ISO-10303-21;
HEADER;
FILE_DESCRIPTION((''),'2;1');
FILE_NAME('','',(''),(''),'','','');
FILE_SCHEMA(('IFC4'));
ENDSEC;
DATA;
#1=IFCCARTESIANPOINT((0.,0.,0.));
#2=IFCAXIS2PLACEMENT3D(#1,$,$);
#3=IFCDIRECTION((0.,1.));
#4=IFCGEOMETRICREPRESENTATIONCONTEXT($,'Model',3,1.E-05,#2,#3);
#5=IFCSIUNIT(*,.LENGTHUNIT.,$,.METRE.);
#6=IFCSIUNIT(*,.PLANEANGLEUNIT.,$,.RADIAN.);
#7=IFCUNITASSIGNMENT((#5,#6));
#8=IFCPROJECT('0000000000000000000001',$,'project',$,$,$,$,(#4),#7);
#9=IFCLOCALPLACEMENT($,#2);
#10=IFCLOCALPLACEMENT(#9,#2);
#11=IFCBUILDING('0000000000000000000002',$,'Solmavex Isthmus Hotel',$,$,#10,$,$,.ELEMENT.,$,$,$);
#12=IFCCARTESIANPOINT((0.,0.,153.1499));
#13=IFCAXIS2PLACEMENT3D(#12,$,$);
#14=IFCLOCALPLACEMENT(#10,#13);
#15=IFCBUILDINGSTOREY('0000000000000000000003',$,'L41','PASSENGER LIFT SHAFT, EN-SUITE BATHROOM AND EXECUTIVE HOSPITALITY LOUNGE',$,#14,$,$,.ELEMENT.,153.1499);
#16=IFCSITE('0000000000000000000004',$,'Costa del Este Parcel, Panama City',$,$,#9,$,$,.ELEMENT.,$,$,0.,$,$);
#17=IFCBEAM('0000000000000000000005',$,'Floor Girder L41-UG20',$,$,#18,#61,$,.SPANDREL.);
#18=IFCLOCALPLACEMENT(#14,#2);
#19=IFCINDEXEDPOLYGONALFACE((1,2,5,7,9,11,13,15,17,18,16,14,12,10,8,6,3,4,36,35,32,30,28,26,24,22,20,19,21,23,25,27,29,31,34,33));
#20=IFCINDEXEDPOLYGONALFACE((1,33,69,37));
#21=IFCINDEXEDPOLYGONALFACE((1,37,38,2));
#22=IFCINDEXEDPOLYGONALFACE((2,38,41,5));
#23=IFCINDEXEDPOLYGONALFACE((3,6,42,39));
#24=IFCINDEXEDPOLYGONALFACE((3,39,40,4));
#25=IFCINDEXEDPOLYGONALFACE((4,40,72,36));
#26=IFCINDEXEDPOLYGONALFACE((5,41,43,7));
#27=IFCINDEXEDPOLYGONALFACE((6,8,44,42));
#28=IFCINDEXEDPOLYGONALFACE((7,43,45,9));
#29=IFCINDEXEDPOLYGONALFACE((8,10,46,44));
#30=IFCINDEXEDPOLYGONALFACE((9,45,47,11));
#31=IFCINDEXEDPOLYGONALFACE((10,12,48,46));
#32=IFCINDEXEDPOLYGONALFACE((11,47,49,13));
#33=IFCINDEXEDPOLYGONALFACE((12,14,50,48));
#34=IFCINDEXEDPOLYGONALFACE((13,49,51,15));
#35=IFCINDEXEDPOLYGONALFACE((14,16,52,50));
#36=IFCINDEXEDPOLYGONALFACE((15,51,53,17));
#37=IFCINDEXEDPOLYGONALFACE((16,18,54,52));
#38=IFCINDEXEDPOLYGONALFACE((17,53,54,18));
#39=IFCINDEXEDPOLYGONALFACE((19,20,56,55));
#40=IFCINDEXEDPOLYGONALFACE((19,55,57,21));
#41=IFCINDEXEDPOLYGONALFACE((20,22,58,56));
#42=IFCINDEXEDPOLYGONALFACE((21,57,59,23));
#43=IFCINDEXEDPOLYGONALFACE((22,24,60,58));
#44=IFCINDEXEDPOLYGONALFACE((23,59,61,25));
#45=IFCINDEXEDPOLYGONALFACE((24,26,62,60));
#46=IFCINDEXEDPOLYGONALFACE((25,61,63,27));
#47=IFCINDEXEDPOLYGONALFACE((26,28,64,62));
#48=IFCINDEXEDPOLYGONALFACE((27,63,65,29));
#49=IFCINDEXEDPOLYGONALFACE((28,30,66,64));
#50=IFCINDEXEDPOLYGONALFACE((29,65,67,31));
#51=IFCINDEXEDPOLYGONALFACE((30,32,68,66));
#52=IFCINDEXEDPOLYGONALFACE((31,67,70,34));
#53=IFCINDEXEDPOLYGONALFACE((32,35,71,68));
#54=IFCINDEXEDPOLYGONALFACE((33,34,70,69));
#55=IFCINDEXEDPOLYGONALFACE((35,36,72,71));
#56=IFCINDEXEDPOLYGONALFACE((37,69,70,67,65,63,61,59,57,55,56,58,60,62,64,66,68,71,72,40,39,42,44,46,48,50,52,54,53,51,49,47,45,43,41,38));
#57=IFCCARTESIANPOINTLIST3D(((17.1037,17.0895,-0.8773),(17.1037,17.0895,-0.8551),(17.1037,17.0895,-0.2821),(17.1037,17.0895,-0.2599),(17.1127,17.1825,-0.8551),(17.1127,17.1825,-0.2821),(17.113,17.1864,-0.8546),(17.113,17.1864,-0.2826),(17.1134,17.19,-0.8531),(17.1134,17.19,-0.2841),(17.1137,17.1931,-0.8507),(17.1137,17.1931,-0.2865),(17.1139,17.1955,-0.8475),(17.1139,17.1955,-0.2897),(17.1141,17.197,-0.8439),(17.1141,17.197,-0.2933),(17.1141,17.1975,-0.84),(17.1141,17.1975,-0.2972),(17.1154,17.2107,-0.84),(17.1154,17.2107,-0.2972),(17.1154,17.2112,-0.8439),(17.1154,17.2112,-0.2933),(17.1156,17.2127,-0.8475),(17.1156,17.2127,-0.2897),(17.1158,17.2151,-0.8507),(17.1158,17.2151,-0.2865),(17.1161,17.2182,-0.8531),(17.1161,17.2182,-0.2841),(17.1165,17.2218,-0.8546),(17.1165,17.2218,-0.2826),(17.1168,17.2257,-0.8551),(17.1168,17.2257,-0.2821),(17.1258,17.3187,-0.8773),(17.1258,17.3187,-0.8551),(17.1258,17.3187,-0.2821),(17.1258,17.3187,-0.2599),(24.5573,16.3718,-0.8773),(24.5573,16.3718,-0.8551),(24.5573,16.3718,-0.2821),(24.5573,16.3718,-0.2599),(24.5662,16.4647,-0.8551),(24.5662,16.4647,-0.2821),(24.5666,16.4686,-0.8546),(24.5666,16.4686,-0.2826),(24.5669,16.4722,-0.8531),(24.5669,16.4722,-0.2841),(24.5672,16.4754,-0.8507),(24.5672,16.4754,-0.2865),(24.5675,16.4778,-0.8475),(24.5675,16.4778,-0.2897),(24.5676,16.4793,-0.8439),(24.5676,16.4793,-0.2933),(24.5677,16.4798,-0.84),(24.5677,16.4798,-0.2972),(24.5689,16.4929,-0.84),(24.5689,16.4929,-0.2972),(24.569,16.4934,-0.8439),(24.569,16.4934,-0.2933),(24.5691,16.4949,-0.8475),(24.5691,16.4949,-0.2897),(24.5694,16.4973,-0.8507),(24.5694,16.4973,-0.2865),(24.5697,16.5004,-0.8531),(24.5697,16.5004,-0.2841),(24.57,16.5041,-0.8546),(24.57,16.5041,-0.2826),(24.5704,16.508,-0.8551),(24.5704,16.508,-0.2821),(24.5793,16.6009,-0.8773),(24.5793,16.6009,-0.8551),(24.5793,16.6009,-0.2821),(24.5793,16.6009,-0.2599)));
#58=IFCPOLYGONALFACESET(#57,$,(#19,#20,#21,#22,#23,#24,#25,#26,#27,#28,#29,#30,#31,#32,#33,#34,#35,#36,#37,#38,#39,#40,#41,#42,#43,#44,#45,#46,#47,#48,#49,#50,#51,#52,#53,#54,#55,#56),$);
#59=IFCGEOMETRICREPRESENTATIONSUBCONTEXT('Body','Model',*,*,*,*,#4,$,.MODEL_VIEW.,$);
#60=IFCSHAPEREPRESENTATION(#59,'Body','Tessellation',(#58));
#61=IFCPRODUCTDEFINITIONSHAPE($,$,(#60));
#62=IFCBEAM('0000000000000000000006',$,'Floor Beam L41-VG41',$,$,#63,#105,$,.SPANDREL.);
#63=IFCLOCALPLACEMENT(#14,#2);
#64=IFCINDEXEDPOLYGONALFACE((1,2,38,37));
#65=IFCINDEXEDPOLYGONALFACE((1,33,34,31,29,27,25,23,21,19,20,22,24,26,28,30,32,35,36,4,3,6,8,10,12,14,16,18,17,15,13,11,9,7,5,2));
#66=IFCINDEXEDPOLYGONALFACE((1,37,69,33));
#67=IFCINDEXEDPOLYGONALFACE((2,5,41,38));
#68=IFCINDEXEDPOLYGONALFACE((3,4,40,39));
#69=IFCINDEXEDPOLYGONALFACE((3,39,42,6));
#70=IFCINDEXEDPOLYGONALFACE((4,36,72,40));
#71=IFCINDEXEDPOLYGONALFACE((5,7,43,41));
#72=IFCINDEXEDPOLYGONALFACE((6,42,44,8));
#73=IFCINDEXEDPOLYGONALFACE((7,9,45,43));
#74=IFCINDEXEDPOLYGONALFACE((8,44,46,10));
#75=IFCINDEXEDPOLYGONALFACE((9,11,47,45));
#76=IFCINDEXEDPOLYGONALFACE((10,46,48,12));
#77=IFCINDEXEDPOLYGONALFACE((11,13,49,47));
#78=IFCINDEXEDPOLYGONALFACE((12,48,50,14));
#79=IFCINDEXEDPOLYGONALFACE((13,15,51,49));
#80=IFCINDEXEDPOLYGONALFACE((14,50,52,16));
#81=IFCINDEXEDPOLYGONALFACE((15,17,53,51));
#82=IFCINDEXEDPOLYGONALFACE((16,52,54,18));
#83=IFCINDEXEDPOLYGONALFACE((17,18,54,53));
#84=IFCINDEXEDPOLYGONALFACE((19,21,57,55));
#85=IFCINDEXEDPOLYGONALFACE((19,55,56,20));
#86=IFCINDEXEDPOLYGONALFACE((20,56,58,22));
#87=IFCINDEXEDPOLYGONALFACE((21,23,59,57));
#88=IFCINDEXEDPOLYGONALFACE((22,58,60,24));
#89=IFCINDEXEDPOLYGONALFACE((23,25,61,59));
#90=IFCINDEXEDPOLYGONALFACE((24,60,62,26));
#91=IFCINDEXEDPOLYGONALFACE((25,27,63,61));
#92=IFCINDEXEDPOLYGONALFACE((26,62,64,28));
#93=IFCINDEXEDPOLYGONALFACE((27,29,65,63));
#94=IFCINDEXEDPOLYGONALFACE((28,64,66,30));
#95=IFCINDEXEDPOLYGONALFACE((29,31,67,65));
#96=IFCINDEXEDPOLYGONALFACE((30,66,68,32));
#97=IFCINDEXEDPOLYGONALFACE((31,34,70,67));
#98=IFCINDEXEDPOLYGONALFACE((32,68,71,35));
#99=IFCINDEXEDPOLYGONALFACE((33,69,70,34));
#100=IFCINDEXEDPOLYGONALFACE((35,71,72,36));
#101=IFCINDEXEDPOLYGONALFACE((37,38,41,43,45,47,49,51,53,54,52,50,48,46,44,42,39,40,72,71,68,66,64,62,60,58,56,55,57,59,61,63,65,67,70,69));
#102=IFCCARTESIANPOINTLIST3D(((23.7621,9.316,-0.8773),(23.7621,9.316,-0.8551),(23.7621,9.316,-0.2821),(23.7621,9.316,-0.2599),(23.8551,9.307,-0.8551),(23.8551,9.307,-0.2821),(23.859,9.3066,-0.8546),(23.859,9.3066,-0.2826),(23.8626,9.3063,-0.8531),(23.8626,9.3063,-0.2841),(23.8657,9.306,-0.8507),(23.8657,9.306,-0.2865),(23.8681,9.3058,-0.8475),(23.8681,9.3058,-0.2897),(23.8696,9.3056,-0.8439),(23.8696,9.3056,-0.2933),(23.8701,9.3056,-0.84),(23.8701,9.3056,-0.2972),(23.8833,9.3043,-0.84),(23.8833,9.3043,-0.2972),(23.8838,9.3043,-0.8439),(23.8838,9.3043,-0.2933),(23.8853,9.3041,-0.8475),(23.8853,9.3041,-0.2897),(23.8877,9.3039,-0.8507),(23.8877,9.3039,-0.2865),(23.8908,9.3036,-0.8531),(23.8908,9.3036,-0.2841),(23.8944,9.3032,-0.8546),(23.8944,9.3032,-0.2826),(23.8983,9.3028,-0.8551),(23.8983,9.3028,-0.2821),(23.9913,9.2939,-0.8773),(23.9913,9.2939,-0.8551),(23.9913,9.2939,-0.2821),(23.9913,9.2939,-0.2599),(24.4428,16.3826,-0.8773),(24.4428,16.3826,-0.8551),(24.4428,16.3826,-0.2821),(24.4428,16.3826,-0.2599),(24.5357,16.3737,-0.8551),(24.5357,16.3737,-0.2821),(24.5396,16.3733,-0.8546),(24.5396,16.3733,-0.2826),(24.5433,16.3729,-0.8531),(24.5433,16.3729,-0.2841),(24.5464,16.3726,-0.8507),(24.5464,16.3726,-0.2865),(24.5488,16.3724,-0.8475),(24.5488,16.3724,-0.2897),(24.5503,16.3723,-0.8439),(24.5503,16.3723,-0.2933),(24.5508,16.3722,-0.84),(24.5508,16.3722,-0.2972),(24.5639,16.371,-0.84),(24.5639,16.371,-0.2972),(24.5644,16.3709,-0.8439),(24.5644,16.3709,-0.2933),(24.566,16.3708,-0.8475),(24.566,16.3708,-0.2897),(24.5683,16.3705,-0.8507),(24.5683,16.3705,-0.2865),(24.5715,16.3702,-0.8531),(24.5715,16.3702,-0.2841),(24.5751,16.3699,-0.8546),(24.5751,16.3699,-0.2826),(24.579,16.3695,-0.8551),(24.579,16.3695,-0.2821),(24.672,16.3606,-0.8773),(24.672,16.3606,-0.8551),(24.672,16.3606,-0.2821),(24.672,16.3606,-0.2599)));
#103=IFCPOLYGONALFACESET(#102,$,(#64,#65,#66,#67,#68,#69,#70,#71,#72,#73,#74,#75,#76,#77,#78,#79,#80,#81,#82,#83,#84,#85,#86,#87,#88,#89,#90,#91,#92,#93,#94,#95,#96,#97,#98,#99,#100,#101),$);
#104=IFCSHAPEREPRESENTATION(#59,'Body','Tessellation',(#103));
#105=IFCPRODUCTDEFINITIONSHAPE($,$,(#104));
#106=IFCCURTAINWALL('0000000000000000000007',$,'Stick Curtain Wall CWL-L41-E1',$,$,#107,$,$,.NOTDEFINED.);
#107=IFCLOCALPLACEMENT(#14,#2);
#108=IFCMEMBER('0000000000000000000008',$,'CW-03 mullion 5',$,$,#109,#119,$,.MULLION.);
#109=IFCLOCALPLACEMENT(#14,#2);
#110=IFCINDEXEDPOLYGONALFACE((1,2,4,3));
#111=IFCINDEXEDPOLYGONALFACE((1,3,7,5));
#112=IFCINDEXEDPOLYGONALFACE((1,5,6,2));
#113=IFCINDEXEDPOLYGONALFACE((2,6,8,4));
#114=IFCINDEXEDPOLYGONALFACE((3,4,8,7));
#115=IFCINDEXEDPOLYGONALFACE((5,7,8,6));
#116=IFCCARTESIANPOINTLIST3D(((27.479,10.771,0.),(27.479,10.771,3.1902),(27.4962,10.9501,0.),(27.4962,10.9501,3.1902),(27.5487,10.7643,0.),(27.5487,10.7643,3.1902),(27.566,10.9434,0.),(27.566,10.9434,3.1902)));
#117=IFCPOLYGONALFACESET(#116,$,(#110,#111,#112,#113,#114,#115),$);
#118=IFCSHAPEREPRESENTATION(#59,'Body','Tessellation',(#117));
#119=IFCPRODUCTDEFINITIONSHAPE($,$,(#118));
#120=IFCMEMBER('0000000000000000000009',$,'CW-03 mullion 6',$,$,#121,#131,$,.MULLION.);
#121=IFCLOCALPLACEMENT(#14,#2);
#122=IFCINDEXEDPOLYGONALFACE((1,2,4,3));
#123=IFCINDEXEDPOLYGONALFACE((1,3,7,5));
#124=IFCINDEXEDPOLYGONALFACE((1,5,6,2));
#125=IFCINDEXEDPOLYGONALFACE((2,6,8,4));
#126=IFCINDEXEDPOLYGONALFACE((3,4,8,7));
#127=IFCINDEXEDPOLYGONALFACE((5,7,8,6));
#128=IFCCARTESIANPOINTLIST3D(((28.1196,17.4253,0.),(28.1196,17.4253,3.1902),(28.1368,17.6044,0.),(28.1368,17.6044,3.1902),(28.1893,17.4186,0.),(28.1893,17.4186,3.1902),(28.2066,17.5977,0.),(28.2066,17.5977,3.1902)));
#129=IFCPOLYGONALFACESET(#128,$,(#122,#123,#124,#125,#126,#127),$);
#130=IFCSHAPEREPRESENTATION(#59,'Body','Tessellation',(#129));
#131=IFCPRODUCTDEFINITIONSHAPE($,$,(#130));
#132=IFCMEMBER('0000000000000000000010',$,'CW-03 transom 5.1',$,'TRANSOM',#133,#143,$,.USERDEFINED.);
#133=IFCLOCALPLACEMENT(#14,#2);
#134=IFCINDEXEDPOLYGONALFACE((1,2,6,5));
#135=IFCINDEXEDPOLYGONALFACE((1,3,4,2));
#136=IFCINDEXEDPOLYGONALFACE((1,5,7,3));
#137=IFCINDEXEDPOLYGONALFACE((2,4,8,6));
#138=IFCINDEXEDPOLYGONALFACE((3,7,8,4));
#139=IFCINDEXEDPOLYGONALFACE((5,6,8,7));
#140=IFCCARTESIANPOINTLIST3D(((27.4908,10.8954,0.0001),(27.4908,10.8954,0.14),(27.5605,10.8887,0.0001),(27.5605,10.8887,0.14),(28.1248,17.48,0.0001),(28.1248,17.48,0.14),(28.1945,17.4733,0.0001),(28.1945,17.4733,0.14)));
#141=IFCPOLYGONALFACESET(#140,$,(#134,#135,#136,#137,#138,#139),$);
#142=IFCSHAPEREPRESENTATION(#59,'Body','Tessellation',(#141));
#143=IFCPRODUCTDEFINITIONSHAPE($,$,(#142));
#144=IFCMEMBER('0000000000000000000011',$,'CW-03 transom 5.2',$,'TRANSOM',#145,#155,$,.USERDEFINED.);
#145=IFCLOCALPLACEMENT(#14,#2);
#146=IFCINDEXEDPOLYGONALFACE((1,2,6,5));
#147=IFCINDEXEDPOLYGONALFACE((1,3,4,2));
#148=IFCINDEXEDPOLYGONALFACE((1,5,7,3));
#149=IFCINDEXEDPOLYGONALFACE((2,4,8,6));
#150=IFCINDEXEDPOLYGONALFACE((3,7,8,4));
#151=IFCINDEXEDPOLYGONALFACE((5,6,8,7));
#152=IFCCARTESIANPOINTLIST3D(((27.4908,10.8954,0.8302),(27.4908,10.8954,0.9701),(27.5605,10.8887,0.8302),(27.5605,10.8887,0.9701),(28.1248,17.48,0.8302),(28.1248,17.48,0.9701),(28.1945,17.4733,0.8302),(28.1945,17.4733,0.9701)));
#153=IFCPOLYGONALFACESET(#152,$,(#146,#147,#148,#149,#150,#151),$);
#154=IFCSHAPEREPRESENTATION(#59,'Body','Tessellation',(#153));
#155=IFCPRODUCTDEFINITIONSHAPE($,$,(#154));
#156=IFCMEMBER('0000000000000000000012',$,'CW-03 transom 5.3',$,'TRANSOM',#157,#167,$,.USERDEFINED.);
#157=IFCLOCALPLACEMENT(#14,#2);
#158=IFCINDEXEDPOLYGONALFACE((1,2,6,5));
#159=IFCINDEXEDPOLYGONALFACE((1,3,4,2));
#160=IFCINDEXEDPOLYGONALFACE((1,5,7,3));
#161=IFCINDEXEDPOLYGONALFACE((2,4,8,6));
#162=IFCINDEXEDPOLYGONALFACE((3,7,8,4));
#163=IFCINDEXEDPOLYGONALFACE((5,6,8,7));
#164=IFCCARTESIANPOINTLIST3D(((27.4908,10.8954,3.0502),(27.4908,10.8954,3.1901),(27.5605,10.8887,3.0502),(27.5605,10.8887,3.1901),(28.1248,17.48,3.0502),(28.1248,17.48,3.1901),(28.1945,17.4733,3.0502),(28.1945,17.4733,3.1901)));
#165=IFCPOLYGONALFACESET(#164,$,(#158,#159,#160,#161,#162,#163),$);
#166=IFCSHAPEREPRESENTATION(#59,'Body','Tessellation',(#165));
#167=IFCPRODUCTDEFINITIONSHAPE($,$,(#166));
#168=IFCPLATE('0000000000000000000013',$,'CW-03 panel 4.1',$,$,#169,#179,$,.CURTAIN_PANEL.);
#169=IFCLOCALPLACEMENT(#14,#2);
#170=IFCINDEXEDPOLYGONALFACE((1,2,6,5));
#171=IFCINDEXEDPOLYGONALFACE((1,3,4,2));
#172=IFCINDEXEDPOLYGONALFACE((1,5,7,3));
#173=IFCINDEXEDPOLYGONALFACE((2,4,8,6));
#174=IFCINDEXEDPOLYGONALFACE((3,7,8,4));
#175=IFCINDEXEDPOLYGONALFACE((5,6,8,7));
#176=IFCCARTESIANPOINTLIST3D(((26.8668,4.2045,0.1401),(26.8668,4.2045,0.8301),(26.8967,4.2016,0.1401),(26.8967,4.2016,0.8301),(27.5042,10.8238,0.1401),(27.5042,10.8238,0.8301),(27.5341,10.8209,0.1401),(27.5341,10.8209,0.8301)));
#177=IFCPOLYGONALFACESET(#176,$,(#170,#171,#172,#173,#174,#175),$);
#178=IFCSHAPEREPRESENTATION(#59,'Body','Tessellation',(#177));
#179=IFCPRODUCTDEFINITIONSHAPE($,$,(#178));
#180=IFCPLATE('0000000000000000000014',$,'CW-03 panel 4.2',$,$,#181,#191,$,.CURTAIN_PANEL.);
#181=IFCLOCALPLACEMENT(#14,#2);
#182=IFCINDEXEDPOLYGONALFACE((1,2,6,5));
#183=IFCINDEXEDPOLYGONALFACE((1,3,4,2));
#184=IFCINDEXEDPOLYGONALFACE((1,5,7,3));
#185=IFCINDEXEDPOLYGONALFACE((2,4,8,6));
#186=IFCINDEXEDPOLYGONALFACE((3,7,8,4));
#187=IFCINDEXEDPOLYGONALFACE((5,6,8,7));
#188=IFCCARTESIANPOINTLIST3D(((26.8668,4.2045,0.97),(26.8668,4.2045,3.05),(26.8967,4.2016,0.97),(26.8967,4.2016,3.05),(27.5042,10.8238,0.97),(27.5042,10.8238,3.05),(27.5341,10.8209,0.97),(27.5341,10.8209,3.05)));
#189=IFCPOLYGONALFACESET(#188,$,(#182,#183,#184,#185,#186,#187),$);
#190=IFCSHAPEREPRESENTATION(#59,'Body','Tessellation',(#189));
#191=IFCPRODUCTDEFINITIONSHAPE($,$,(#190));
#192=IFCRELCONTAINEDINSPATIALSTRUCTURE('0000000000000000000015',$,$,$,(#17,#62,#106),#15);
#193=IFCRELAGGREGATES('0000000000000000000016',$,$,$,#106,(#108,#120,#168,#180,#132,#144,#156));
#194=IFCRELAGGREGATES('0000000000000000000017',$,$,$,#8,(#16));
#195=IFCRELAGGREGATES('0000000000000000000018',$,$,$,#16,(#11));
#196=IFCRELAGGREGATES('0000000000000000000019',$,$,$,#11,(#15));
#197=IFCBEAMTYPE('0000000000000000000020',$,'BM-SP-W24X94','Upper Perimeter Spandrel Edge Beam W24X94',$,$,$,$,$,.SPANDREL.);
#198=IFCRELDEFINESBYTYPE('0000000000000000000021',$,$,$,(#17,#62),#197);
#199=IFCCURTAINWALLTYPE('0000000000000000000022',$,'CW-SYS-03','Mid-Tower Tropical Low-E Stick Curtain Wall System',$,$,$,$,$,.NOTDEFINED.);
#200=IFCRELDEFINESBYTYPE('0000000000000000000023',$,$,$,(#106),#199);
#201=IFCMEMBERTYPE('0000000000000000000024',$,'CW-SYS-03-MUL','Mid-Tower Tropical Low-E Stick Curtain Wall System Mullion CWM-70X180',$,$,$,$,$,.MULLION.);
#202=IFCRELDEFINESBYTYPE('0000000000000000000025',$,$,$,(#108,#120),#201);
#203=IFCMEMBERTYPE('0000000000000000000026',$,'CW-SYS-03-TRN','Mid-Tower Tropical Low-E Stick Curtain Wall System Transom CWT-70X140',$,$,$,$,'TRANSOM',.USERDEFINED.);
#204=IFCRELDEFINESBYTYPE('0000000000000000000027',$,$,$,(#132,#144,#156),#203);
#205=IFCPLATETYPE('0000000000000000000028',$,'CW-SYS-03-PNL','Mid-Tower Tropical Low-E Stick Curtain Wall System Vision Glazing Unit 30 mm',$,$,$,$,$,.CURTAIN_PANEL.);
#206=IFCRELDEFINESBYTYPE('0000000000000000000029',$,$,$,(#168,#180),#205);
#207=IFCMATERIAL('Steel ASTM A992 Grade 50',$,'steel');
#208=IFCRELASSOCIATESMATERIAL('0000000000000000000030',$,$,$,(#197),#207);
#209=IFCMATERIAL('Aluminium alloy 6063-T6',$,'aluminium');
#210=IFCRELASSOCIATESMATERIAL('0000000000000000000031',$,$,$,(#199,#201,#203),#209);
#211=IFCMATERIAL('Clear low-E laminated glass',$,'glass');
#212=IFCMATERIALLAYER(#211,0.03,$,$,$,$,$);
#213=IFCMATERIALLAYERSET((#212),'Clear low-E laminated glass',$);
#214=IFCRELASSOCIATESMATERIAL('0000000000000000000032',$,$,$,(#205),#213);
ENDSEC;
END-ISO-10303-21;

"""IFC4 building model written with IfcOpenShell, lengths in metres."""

from ifc_helpers import new_model, si_unit, direction, frame, origin, origin_2d, place, context, subcontext, project, spatial, rectangle, i_section, extrude, material, layer, layer_set, material_profile, profile_set, type_object, element, aggregate, save


model = new_model("IFC4")

# Units and contexts
model_context = context("Model", 3, precision=1e-05, world=origin(), true_north=direction((0.0, 1.0)))
body_context = subcontext(model_context, "Body", "Model", "MODEL_VIEW")
ifc_project = project(units=[si_unit("LENGTHUNIT", "METRE"), si_unit("PLANEANGLEUNIT", "RADIAN")], contexts=[model_context])

# Site, building, storey
site_placement = place(None, origin())
site = spatial("IfcSite", under=ifc_project, at=site_placement, Name="Costa del Este Parcel, Panama City", CompositionType="ELEMENT", RefElevation=0.0)
building_placement = place(site_placement, origin())
building = spatial("IfcBuilding", under=site, at=building_placement, Name="Solmavex Isthmus Hotel", CompositionType="ELEMENT")
storey_placement = place(building_placement, frame((0.0, 0.0, 153.1499)))
storey = spatial("IfcBuildingStorey", under=building, at=storey_placement, Name="L41", Description="PASSENGER LIFT SHAFT, EN-SUITE BATHROOM AND EXECUTIVE HOSPITALITY LOUNGE", CompositionType="ELEMENT", Elevation=153.1499)

# Beams
ifc_material_1 = material(Name="Steel ASTM A992 Grade 50", Category="steel")
ifc_material_profile_1 = material_profile(ifc_material_1, i_section(OverallWidth=0.2302, OverallDepth=0.6174, WebThickness=0.0132, FlangeThickness=0.0222, FilletRadius=0.0151, at=origin_2d()), Name="W24X94")
ifc_profile_set_1 = profile_set([ifc_material_profile_1], Name="Steel ASTM A992 Grade 50")
beam_type_1 = type_object("IfcBeamType", Name="BM-SP-W24X94", Description="Upper Perimeter Spandrel Edge Beam W24X94", PredefinedType="SPANDREL", material=ifc_profile_set_1)
beam_1_placement = place(storey_placement, frame((17.1147, 17.2041, -0.5686), z_axis=(0.995395, -0.095855, 0.0), x_axis=(0.095855, 0.995395, 0.0)))
element("IfcBeam", 1, at=beam_1_placement, inside=storey, type_object=beam_type_1, Name="Floor Girder L41-UG20", PredefinedType="SPANDREL", context=body_context, shape_type="SweptSolid", body=[
    extrude(i_section(OverallWidth=0.2302, OverallDepth=0.6174, WebThickness=0.0132, FlangeThickness=0.0222, FilletRadius=0.0151, at=origin_2d()), origin(), (0.0, 0.0, 1.0), 7.488),
])
beam_2_placement = place(storey_placement, frame((23.8767, 9.3049, -0.5686), z_axis=(0.095877, 0.995393, 0.0), x_axis=(-0.995393, 0.095877, 0.0)))
element("IfcBeam", 2, at=beam_2_placement, inside=storey, type_object=beam_type_1, Name="Floor Beam L41-VG41", PredefinedType="SPANDREL", context=body_context, shape_type="SweptSolid", body=[
    extrude(i_section(OverallWidth=0.2302, OverallDepth=0.6174, WebThickness=0.0132, FlangeThickness=0.0222, FilletRadius=0.0151, at=origin_2d()), origin(), (0.0, 0.0, 1.0), 7.0994),
])

# Curtain wall, members, plates
ifc_material_2 = material(Name="Aluminium alloy 6063-T6", Category="aluminium")
curtain_wall_type = type_object("IfcCurtainWallType", Name="CW-SYS-03", Description="Mid-Tower Tropical Low-E Stick Curtain Wall System", PredefinedType="NOTDEFINED", material=ifc_material_2)
curtain_wall_placement = place(storey_placement, origin())
curtain_wall = element("IfcCurtainWall", 3, at=curtain_wall_placement, inside=storey, type_object=curtain_wall_type, Name="Stick Curtain Wall CWL-L41-E1", PredefinedType="NOTDEFINED")
ifc_material_profile_2 = material_profile(ifc_material_2, rectangle(XDim=0.0701, YDim=0.1799, at=origin_2d()), Name="CWM-70X180")
ifc_profile_set_2 = profile_set([ifc_material_profile_2], Name="Aluminium alloy 6063-T6")
member_type_1 = type_object("IfcMemberType", Name="CW-SYS-03-MUL", Description="Mid-Tower Tropical Low-E Stick Curtain Wall System Mullion CWM-70X180", PredefinedType="MULLION", material=ifc_profile_set_2)
member_1_placement = place(storey_placement, frame((27.5225, 10.8572, 0.0), z_axis=(0.0, 0.0, 1.0), x_axis=(-0.995396, 0.095846, 0.0)))
member_1 = element("IfcMember", 4, at=member_1_placement, type_object=member_type_1, Name="CW-03 mullion 5", PredefinedType="MULLION", context=body_context, shape_type="SweptSolid", body=[
    extrude(rectangle(XDim=0.0701, YDim=0.1799, at=origin_2d()), origin(), (0.0, 0.0, 1.0), 3.1902),
])
member_2_placement = place(storey_placement, frame((28.1631, 17.5115, 0.0), z_axis=(0.0, 0.0, 1.0), x_axis=(-0.995396, 0.095846, 0.0)))
member_2 = element("IfcMember", 5, at=member_2_placement, type_object=member_type_1, Name="CW-03 mullion 6", PredefinedType="MULLION", context=body_context, shape_type="SweptSolid", body=[
    extrude(rectangle(XDim=0.0701, YDim=0.1799, at=origin_2d()), origin(), (0.0, 0.0, 1.0), 3.1902),
])
ifc_material_profile_3 = material_profile(ifc_material_2, rectangle(XDim=0.0701, YDim=0.1399, at=origin_2d()), Name="CWT-70X140")
ifc_profile_set_3 = profile_set([ifc_material_profile_3], Name="Aluminium alloy 6063-T6")
member_type_2 = type_object("IfcMemberType", Name="CW-SYS-03-TRN", Description="Mid-Tower Tropical Low-E Stick Curtain Wall System Transom CWT-70X140", ElementType="TRANSOM", PredefinedType="USERDEFINED", material=ifc_profile_set_3)
member_3_placement = place(storey_placement, frame((27.5256, 10.8921, 0.0701), z_axis=(0.095849, 0.995396, 0.0), x_axis=(-0.995396, 0.095849, 0.0)))
member_3 = element("IfcMember", 6, at=member_3_placement, type_object=member_type_2, Name="CW-03 transom 5.1", ObjectType="TRANSOM", PredefinedType="USERDEFINED", context=body_context, shape_type="SweptSolid", body=[
    extrude(rectangle(XDim=0.0701, YDim=0.1399, at=origin_2d()), origin(), (0.0, 0.0, 1.0), 6.615),
])
member_4_placement = place(storey_placement, frame((27.5256, 10.8921, 0.9001), z_axis=(0.095849, 0.995396, 0.0), x_axis=(-0.995396, 0.095849, 0.0)))
member_4 = element("IfcMember", 7, at=member_4_placement, type_object=member_type_2, Name="CW-03 transom 5.2", ObjectType="TRANSOM", PredefinedType="USERDEFINED", context=body_context, shape_type="SweptSolid", body=[
    extrude(rectangle(XDim=0.0701, YDim=0.1399, at=origin_2d()), origin(), (0.0, 0.0, 1.0), 6.615),
])
member_5_placement = place(storey_placement, frame((27.5256, 10.8921, 3.1201), z_axis=(0.095849, 0.995396, 0.0), x_axis=(-0.995396, 0.095849, 0.0)))
member_5 = element("IfcMember", 8, at=member_5_placement, type_object=member_type_2, Name="CW-03 transom 5.3", ObjectType="TRANSOM", PredefinedType="USERDEFINED", context=body_context, shape_type="SweptSolid", body=[
    extrude(rectangle(XDim=0.0701, YDim=0.1399, at=origin_2d()), origin(), (0.0, 0.0, 1.0), 6.615),
])
ifc_material_3 = material(Name="Clear low-E laminated glass", Category="glass")
ifc_layer_1 = layer(ifc_material_3, 0.03)
ifc_layer_set_1 = layer_set([ifc_layer_1], Name="Clear low-E laminated glass")
plate_type = type_object("IfcPlateType", Name="CW-SYS-03-PNL", Description="Mid-Tower Tropical Low-E Stick Curtain Wall System Vision Glazing Unit 30 mm", PredefinedType="CURTAIN_PANEL", material=ifc_layer_set_1)
plate_1_placement = place(storey_placement, frame((27.2004, 7.5127, 0.1401), z_axis=(0.0, 0.0, 1.0), x_axis=(0.095846, 0.995396, 0.0)))
plate_1 = element("IfcPlate", 9, at=plate_1_placement, type_object=plate_type, Name="CW-03 panel 4.1", PredefinedType="CURTAIN_PANEL", context=body_context, shape_type="SweptSolid", body=[
    extrude(rectangle(XDim=6.6499, YDim=0.03, at=origin_2d()), origin(), (0.0, 0.0, 1.0), 0.6899),
])
plate_2_placement = place(storey_placement, frame((27.2004, 7.5127, 0.97), z_axis=(0.0, 0.0, 1.0), x_axis=(0.095846, 0.995396, 0.0)))
plate_2 = element("IfcPlate", 10, at=plate_2_placement, type_object=plate_type, Name="CW-03 panel 4.2", PredefinedType="CURTAIN_PANEL", context=body_context, shape_type="SweptSolid", body=[
    extrude(rectangle(XDim=6.6499, YDim=0.03, at=origin_2d()), origin(), (0.0, 0.0, 1.0), 2.0801),
])
aggregate(curtain_wall, [member_1, member_2, plate_1, plate_2, member_3, member_4, member_5])

save(model, "model.ifc")
